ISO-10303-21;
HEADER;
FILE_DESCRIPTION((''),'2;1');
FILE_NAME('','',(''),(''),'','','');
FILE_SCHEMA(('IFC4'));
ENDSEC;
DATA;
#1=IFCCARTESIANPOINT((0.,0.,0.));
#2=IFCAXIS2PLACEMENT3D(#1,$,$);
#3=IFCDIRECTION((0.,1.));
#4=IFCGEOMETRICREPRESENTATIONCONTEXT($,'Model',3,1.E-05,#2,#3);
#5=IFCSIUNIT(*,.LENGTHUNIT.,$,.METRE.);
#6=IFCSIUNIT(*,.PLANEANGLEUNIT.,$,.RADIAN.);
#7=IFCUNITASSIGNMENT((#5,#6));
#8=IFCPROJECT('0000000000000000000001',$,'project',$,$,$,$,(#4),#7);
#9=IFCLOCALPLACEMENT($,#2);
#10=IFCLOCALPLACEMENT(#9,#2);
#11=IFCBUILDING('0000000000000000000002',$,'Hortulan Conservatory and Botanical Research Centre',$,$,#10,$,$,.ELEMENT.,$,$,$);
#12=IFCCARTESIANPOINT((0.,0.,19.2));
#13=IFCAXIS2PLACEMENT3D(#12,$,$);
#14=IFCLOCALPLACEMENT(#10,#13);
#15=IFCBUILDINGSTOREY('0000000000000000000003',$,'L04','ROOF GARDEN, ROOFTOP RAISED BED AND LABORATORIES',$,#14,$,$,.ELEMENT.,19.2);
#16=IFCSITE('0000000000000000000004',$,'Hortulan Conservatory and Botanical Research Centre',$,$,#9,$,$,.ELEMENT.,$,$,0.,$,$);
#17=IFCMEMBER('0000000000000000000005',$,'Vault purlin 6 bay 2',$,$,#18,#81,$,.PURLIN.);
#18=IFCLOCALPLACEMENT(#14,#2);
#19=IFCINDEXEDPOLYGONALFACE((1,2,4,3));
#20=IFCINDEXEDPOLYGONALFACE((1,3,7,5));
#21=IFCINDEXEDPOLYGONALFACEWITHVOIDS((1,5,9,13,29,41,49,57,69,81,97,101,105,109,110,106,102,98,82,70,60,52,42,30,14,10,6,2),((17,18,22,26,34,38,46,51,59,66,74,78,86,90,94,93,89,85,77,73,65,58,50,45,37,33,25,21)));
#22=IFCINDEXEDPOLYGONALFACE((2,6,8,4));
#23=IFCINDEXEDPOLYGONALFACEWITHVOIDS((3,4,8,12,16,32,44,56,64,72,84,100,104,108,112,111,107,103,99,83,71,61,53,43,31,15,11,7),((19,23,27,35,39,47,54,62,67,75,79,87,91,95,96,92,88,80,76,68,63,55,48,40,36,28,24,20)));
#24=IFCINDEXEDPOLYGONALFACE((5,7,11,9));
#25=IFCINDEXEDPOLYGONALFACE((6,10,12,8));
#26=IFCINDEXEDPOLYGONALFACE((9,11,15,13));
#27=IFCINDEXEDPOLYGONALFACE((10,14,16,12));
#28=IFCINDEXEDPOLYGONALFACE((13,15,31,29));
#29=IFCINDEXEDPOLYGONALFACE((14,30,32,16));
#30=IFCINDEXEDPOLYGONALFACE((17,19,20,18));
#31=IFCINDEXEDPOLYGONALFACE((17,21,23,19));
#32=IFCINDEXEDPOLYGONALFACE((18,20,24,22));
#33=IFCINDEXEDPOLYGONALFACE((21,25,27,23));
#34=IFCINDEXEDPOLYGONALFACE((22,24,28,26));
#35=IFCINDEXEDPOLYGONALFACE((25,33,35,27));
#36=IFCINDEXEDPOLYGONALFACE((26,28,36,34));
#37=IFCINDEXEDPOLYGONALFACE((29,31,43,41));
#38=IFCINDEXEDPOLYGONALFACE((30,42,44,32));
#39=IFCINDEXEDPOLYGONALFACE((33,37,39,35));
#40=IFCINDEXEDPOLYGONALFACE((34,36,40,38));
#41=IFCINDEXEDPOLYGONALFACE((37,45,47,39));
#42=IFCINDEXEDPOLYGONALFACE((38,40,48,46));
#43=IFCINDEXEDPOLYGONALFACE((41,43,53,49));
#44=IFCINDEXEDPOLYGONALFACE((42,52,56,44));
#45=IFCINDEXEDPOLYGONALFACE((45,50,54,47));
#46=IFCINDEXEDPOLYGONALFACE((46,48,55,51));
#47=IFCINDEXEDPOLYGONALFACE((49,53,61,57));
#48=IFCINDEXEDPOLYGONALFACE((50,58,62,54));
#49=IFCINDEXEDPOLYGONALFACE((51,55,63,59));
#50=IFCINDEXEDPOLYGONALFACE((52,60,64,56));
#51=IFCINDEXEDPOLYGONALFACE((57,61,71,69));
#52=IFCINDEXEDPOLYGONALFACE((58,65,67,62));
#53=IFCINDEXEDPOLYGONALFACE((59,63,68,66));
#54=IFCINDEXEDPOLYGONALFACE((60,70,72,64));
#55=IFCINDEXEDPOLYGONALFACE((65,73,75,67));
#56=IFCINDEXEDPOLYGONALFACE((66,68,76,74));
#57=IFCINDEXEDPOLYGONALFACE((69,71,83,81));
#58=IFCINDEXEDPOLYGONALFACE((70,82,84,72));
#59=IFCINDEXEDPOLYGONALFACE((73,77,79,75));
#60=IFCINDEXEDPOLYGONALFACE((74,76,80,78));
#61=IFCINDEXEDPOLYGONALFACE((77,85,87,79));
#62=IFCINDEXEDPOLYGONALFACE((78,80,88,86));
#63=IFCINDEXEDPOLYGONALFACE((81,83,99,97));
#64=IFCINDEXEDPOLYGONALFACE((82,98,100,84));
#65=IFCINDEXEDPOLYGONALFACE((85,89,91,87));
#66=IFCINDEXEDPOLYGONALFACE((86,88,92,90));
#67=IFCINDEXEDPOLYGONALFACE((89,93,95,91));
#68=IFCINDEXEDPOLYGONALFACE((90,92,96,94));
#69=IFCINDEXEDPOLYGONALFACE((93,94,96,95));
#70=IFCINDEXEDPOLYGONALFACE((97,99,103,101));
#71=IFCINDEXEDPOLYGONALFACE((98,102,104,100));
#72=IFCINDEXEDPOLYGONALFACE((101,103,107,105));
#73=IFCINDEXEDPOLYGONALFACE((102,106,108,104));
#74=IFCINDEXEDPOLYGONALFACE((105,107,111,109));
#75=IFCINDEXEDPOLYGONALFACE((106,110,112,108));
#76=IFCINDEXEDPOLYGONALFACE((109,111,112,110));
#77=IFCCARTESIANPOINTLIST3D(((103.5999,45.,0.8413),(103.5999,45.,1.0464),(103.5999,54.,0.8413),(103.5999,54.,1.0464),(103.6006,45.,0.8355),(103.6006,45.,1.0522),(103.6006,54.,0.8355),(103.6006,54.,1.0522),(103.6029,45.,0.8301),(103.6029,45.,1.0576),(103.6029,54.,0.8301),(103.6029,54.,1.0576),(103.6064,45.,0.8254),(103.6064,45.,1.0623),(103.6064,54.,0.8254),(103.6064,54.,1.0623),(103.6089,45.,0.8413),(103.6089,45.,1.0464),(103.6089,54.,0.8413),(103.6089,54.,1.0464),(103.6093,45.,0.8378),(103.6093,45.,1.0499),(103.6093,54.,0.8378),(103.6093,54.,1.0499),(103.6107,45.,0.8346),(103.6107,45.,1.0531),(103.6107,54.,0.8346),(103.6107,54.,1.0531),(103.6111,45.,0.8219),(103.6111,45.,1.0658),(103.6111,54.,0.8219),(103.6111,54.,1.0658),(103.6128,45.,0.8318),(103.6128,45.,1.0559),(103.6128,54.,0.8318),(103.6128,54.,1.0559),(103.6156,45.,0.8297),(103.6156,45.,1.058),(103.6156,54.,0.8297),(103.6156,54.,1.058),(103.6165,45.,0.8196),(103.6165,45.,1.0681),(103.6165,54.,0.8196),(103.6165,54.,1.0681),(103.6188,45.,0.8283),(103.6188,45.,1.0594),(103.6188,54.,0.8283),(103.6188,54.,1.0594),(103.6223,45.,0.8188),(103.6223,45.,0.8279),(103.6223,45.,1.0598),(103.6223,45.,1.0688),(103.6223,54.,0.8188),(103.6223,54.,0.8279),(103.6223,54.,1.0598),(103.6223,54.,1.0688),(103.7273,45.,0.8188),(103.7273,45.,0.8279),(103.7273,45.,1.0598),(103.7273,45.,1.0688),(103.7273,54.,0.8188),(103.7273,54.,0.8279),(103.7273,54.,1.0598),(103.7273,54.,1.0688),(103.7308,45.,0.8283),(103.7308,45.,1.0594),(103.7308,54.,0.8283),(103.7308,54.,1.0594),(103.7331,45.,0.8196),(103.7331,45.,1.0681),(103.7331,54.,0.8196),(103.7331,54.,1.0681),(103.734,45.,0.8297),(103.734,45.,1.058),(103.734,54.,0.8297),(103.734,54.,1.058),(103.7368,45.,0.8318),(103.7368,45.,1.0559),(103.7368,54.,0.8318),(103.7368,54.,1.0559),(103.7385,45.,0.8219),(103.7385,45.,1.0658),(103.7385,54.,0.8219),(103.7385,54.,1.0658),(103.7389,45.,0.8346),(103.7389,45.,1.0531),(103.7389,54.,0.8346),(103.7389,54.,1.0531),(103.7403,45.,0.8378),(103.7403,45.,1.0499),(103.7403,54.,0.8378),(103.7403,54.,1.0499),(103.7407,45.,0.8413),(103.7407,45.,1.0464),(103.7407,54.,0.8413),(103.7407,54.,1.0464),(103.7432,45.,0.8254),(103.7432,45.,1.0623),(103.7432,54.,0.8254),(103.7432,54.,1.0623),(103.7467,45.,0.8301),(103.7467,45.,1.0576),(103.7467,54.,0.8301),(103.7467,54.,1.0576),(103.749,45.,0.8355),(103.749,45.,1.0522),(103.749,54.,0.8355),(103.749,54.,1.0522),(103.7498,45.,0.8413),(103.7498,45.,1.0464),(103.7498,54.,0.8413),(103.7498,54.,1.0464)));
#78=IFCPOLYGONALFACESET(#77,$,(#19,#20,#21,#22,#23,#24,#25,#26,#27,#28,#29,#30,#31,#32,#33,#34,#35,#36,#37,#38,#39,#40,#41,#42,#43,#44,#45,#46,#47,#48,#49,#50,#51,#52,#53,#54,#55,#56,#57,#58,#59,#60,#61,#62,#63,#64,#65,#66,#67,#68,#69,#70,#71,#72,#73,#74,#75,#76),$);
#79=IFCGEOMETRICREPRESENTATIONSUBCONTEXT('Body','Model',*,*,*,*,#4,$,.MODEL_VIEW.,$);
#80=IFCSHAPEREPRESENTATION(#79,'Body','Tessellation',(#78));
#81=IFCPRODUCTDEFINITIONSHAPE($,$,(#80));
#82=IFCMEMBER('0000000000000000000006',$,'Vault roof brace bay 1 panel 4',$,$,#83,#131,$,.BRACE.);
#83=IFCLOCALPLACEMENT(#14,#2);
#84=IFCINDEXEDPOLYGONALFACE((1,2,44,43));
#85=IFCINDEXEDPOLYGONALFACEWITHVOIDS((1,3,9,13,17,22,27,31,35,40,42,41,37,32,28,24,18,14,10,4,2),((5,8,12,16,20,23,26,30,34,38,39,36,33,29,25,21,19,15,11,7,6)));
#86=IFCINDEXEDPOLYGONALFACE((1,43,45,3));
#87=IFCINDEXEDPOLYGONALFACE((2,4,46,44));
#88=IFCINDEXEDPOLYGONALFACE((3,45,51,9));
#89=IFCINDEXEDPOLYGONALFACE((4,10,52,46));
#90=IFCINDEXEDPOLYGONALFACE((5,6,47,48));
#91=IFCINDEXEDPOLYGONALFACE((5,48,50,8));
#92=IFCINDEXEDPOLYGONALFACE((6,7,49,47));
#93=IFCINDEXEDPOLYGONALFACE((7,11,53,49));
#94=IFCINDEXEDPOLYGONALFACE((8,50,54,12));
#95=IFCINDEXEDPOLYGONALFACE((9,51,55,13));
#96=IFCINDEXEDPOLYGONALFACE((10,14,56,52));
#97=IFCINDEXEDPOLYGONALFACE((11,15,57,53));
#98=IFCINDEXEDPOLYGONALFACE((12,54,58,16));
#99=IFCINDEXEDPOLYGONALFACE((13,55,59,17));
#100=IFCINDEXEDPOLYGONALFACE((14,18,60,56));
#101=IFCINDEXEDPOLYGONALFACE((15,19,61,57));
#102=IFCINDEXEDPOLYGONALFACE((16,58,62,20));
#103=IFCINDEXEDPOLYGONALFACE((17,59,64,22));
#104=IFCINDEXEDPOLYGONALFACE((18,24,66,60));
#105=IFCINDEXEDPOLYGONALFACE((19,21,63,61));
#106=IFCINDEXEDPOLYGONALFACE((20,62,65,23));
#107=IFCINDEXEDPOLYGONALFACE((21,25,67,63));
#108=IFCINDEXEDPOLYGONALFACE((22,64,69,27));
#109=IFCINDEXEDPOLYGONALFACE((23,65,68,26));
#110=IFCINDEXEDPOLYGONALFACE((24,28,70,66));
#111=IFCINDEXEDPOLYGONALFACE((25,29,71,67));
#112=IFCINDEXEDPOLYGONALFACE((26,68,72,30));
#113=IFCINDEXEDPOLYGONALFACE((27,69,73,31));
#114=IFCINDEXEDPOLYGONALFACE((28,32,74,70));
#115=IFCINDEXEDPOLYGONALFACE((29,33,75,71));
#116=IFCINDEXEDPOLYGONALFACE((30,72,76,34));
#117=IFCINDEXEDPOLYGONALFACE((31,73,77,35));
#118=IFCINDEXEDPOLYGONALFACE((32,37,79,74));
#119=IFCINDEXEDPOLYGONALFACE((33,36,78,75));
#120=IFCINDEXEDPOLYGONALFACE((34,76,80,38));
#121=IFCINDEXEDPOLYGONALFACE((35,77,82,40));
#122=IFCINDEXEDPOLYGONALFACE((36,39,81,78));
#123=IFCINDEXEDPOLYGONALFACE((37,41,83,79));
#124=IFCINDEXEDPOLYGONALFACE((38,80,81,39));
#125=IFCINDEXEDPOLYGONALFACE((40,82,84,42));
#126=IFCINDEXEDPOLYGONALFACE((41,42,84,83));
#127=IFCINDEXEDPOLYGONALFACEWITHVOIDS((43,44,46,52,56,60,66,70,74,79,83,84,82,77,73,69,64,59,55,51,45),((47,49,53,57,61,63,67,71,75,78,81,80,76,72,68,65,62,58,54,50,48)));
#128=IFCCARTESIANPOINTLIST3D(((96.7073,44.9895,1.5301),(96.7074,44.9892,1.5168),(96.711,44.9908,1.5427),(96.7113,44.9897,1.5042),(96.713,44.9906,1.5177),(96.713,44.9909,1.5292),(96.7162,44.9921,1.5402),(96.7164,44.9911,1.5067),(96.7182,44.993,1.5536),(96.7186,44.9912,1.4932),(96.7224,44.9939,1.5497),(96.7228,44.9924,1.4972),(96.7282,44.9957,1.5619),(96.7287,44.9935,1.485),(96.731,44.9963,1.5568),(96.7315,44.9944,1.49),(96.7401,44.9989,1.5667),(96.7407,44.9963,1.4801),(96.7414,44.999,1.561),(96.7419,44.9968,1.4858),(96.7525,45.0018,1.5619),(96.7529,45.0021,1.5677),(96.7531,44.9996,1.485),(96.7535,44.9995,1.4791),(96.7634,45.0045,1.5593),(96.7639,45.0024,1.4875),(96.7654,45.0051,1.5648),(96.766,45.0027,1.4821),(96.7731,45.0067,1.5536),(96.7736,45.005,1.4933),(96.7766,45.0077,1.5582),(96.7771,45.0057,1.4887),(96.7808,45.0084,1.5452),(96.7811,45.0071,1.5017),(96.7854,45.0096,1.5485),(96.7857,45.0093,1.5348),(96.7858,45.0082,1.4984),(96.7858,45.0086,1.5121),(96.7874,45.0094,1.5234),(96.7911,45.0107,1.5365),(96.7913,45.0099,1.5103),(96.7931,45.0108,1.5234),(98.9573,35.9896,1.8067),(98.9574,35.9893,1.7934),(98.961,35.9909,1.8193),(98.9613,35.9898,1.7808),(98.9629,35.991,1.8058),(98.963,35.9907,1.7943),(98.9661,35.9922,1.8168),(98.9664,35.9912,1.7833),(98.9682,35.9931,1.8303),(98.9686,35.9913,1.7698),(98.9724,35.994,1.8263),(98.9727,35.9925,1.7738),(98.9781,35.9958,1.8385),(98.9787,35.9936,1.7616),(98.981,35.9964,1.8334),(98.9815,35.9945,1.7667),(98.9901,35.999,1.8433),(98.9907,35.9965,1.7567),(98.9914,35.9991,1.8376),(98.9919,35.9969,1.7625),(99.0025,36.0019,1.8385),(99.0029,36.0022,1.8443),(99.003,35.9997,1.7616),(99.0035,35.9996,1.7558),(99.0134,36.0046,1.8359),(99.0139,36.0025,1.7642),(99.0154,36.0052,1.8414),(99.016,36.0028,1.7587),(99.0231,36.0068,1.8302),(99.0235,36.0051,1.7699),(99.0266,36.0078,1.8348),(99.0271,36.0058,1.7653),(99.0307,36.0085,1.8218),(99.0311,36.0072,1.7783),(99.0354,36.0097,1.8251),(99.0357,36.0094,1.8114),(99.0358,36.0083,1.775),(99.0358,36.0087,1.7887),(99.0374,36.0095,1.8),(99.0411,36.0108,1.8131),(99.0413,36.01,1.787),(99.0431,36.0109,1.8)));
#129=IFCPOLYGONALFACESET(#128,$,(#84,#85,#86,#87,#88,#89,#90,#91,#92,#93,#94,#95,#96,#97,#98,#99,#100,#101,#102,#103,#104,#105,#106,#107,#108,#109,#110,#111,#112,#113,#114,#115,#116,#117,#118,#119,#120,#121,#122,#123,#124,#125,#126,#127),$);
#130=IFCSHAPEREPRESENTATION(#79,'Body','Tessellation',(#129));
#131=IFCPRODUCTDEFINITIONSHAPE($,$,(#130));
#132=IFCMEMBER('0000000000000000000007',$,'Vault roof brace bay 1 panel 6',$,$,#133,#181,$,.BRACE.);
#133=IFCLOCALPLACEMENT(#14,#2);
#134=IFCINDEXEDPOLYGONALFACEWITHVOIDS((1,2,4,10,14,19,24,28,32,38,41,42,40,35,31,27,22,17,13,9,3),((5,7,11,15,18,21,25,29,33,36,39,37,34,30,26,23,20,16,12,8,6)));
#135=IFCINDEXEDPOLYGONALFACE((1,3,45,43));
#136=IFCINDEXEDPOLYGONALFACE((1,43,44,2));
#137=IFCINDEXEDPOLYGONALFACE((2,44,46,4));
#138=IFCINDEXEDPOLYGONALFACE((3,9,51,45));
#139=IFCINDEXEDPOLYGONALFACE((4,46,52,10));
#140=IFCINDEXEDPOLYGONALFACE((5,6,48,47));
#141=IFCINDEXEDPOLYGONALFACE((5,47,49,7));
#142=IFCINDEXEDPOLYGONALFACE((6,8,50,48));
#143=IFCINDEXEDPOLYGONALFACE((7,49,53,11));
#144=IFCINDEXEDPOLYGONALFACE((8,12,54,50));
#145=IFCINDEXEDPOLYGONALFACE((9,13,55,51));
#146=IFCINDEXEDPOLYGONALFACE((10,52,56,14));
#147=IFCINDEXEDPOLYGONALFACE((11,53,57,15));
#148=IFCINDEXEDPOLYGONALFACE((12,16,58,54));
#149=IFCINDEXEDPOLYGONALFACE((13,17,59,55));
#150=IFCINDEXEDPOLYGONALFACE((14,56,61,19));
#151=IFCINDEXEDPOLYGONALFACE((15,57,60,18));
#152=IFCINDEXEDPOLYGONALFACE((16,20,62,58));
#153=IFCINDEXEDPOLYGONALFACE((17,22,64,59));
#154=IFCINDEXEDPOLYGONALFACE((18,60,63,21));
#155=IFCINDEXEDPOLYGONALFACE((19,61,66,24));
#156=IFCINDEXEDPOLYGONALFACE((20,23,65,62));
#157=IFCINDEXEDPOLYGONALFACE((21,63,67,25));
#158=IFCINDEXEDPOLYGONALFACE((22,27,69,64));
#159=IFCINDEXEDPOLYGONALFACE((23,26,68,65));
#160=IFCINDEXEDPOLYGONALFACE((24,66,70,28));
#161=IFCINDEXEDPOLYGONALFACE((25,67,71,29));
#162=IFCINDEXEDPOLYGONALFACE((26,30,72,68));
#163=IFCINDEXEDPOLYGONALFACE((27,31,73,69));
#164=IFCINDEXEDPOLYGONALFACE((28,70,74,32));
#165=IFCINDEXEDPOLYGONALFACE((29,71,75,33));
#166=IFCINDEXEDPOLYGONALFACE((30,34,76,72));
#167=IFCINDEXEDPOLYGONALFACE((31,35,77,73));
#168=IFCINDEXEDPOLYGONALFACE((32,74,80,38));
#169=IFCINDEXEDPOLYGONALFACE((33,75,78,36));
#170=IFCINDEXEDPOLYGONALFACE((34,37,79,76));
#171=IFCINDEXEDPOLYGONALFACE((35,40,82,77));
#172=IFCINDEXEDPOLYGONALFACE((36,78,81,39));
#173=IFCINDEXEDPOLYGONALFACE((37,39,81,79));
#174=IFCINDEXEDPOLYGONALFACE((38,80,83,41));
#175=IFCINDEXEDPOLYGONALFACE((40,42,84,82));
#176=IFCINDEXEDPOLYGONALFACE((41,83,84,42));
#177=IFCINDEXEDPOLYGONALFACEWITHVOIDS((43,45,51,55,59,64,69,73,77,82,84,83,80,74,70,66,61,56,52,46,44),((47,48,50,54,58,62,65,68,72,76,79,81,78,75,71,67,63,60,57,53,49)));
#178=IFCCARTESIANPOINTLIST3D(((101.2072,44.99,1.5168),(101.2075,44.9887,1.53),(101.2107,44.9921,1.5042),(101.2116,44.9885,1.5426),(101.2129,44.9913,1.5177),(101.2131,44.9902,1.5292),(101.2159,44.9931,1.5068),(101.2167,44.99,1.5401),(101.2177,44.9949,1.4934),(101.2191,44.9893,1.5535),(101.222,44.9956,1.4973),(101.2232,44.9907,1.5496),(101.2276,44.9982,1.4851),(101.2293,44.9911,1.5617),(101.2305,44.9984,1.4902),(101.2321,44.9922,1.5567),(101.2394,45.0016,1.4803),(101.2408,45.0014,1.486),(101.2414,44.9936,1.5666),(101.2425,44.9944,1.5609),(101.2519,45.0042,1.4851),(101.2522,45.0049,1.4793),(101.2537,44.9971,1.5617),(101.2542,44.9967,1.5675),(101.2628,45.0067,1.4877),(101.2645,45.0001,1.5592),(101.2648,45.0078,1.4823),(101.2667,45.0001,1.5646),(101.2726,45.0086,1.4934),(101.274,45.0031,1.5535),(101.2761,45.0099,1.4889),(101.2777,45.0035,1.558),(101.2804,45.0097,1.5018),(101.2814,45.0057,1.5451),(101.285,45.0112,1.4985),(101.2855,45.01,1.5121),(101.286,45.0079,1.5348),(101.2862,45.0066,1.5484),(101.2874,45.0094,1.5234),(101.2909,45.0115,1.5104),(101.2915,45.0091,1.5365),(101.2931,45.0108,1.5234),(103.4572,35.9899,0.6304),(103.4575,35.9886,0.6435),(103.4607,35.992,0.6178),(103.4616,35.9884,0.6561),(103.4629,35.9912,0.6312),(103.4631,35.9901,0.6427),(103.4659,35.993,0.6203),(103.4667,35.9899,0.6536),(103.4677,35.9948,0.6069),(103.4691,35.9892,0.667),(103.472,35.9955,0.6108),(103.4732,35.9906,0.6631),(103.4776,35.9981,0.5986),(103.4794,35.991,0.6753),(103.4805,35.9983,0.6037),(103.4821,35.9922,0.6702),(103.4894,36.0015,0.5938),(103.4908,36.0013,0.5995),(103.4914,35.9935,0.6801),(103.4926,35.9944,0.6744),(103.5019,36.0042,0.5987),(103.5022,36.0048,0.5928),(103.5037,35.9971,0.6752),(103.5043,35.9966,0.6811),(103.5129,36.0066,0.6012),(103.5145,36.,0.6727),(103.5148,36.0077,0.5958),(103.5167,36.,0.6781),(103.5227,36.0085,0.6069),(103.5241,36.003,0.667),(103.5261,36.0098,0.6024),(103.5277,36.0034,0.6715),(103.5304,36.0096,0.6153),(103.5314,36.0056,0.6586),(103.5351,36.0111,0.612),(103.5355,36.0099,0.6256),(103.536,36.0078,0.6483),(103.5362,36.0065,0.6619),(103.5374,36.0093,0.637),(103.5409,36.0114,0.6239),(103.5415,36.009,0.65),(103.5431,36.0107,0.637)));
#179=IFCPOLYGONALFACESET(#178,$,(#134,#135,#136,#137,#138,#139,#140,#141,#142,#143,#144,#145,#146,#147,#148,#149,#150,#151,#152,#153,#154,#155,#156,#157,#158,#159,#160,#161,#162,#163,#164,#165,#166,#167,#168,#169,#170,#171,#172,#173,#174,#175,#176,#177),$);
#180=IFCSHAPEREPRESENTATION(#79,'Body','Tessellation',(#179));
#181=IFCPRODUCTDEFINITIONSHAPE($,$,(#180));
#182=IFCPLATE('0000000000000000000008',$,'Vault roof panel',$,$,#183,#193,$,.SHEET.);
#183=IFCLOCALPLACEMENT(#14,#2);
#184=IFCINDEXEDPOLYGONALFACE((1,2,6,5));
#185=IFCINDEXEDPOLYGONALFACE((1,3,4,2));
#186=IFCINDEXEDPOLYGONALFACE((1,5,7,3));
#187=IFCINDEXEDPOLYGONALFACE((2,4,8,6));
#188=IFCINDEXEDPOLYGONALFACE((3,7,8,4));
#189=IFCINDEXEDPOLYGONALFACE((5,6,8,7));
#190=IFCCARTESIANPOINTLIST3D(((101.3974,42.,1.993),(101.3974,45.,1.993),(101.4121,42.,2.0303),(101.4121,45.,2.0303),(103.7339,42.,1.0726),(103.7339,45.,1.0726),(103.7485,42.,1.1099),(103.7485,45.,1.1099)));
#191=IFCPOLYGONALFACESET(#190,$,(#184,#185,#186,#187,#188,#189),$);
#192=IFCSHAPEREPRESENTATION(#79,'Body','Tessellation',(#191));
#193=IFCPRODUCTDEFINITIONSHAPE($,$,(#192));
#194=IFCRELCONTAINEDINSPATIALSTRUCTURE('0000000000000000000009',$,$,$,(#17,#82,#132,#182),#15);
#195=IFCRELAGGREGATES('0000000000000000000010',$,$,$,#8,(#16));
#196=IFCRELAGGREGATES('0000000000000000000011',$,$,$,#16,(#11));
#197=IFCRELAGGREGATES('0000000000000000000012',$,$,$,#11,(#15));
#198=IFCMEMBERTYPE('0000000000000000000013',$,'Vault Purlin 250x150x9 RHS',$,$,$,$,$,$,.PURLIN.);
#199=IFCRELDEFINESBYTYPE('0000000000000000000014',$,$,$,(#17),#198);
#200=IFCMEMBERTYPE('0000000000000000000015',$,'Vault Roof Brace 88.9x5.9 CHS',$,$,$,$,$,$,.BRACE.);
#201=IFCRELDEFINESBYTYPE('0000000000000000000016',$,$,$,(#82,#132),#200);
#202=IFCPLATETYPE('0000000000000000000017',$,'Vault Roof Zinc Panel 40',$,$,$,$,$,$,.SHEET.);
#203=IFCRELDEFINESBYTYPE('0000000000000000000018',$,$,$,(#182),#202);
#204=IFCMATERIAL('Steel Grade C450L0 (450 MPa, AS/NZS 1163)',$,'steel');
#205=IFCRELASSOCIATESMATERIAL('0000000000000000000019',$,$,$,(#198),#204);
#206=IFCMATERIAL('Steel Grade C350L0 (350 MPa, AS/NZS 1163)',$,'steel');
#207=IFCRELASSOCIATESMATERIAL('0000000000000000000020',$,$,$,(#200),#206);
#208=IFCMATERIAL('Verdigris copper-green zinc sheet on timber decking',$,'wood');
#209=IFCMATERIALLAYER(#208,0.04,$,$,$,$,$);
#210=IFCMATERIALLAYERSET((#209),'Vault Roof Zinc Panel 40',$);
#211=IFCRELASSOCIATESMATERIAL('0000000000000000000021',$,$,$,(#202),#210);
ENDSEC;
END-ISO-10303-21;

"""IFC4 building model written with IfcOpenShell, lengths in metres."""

from ifc_helpers import new_model, si_unit, direction, frame, origin, origin_2d, place, context, subcontext, project, spatial, polyline, hollow_rectangle, hollow_circle, outline, extrude, material, layer, layer_set, material_profile, profile_set, type_object, element, save


model = new_model("IFC4")

# Units and contexts
model_context = context("Model", 3, precision=1e-05, world=origin(), true_north=direction((0.0, 1.0)))
body_context = subcontext(model_context, "Body", "Model", "MODEL_VIEW")
ifc_project = project(units=[si_unit("LENGTHUNIT", "METRE"), si_unit("PLANEANGLEUNIT", "RADIAN")], contexts=[model_context])

# Site, building, storey
site_placement = place(None, origin())
site = spatial("IfcSite", under=ifc_project, at=site_placement, Name="Hortulan Conservatory and Botanical Research Centre", CompositionType="ELEMENT", RefElevation=0.0)
building_placement = place(site_placement, origin())
building = spatial("IfcBuilding", under=site, at=building_placement, Name="Hortulan Conservatory and Botanical Research Centre", CompositionType="ELEMENT")
storey_placement = place(building_placement, frame((0.0, 0.0, 19.2)))
storey = spatial("IfcBuildingStorey", under=building, at=storey_placement, Name="L04", Description="ROOF GARDEN, ROOFTOP RAISED BED AND LABORATORIES", CompositionType="ELEMENT", Elevation=19.2)

# Members
ifc_material_1 = material(Name="Steel Grade C450L0 (450 MPa, AS/NZS 1163)", Category="steel")
ifc_material_profile_1 = material_profile(ifc_material_1, hollow_rectangle(XDim=0.1499, YDim=0.25, WallThickness=0.009, InnerFilletRadius=0.0134, OuterFilletRadius=0.0225, at=origin_2d()), Name="250x150x9RHS")
ifc_profile_set_1 = profile_set([ifc_material_profile_1], Name="Steel Grade C450L0 (450 MPa, AS/NZS 1163)")
member_type_1 = type_object("IfcMemberType", Name="Vault Purlin 250x150x9 RHS", PredefinedType="PURLIN", material=ifc_profile_set_1)
for number, where, z_axis, x_axis, name in (
    (1, (103.6748, 45.0, 0.9438), (0.0, 1.0, 0.0), (-1.0, 0.0, 0.0), "Vault purlin 6 bay 2"),
):
    element("IfcMember", number, at=place(storey_placement, frame(where, z_axis=z_axis, x_axis=x_axis)), inside=storey, type_object=member_type_1, Name=name, PredefinedType="PURLIN", context=body_context, shape_type="SweptSolid", body=[
        extrude(hollow_rectangle(XDim=0.1499, YDim=0.25, WallThickness=0.009, InnerFilletRadius=0.0134, OuterFilletRadius=0.0225, at=origin_2d()), origin(), (0.0, 0.0, 1.0), 9.0),
    ])
ifc_material_2 = material(Name="Steel Grade C350L0 (350 MPa, AS/NZS 1163)", Category="steel")
ifc_material_profile_2 = material_profile(ifc_material_2, hollow_circle(Radius=0.0444, WallThickness=0.0059, at=origin_2d()), Name="88.9x5.9CHS")
ifc_profile_set_2 = profile_set([ifc_material_profile_2], Name="Steel Grade C350L0 (350 MPa, AS/NZS 1163)")
member_type_2 = type_object("IfcMemberType", Name="Vault Roof Brace 88.9x5.9 CHS", PredefinedType="BRACE", material=ifc_profile_set_2)
member_1_placement = place(storey_placement, frame((96.75, 45.0, 1.5234), z_axis=(0.242428, -0.969712, 0.029804), x_axis=(0.970143, 0.242536, 0.0)))
element("IfcMember", 2, at=member_1_placement, inside=storey, type_object=member_type_2, Name="Vault roof brace bay 1 panel 4", PredefinedType="BRACE", context=body_context, shape_type="SweptSolid", body=[
    extrude(hollow_circle(Radius=0.0444, WallThickness=0.0059, at=origin_2d()), origin(), (0.0, 0.0, 1.0), 9.281),
])
member_2_placement = place(storey_placement, frame((101.25, 45.0, 1.5234), z_axis=(0.241436, -0.965743, -0.095123), x_axis=(0.970143, 0.242536, 0.0)))
element("IfcMember", 3, at=member_2_placement, inside=storey, type_object=member_type_2, Name="Vault roof brace bay 1 panel 6", PredefinedType="BRACE", context=body_context, shape_type="SweptSolid", body=[
    extrude(hollow_circle(Radius=0.0444, WallThickness=0.0059, at=origin_2d()), origin(), (0.0, 0.0, 1.0), 9.3193),
])

# Plate
ifc_material_3 = material(Name="Verdigris copper-green zinc sheet on timber decking", Category="wood")
ifc_layer = layer(ifc_material_3, 0.04)
ifc_layer_set = layer_set([ifc_layer], Name="Vault Roof Zinc Panel 40")
plate_type = type_object("IfcPlateType", Name="Vault Roof Zinc Panel 40", PredefinedType="SHEET", material=ifc_layer_set)
plate_1_placement = place(storey_placement, frame((101.4121, 42.0, 2.0303), z_axis=(0.366525, 0.0, 0.930408), x_axis=(0.930408, 0.0, -0.366525)))
element("IfcPlate", 4, at=plate_1_placement, inside=storey, type_object=plate_type, Name="Vault roof panel", PredefinedType="SHEET", context=body_context, shape_type="SweptSolid", body=[
    extrude(outline(polyline([(0.0, 0.0), (2.5112, 0.0), (2.5112, 3.0), (0.0, 3.0), (0.0, 0.0)])), origin(), (0.0, 0.0, -1.0), 0.04),
])

save(model, "model.ifc")
